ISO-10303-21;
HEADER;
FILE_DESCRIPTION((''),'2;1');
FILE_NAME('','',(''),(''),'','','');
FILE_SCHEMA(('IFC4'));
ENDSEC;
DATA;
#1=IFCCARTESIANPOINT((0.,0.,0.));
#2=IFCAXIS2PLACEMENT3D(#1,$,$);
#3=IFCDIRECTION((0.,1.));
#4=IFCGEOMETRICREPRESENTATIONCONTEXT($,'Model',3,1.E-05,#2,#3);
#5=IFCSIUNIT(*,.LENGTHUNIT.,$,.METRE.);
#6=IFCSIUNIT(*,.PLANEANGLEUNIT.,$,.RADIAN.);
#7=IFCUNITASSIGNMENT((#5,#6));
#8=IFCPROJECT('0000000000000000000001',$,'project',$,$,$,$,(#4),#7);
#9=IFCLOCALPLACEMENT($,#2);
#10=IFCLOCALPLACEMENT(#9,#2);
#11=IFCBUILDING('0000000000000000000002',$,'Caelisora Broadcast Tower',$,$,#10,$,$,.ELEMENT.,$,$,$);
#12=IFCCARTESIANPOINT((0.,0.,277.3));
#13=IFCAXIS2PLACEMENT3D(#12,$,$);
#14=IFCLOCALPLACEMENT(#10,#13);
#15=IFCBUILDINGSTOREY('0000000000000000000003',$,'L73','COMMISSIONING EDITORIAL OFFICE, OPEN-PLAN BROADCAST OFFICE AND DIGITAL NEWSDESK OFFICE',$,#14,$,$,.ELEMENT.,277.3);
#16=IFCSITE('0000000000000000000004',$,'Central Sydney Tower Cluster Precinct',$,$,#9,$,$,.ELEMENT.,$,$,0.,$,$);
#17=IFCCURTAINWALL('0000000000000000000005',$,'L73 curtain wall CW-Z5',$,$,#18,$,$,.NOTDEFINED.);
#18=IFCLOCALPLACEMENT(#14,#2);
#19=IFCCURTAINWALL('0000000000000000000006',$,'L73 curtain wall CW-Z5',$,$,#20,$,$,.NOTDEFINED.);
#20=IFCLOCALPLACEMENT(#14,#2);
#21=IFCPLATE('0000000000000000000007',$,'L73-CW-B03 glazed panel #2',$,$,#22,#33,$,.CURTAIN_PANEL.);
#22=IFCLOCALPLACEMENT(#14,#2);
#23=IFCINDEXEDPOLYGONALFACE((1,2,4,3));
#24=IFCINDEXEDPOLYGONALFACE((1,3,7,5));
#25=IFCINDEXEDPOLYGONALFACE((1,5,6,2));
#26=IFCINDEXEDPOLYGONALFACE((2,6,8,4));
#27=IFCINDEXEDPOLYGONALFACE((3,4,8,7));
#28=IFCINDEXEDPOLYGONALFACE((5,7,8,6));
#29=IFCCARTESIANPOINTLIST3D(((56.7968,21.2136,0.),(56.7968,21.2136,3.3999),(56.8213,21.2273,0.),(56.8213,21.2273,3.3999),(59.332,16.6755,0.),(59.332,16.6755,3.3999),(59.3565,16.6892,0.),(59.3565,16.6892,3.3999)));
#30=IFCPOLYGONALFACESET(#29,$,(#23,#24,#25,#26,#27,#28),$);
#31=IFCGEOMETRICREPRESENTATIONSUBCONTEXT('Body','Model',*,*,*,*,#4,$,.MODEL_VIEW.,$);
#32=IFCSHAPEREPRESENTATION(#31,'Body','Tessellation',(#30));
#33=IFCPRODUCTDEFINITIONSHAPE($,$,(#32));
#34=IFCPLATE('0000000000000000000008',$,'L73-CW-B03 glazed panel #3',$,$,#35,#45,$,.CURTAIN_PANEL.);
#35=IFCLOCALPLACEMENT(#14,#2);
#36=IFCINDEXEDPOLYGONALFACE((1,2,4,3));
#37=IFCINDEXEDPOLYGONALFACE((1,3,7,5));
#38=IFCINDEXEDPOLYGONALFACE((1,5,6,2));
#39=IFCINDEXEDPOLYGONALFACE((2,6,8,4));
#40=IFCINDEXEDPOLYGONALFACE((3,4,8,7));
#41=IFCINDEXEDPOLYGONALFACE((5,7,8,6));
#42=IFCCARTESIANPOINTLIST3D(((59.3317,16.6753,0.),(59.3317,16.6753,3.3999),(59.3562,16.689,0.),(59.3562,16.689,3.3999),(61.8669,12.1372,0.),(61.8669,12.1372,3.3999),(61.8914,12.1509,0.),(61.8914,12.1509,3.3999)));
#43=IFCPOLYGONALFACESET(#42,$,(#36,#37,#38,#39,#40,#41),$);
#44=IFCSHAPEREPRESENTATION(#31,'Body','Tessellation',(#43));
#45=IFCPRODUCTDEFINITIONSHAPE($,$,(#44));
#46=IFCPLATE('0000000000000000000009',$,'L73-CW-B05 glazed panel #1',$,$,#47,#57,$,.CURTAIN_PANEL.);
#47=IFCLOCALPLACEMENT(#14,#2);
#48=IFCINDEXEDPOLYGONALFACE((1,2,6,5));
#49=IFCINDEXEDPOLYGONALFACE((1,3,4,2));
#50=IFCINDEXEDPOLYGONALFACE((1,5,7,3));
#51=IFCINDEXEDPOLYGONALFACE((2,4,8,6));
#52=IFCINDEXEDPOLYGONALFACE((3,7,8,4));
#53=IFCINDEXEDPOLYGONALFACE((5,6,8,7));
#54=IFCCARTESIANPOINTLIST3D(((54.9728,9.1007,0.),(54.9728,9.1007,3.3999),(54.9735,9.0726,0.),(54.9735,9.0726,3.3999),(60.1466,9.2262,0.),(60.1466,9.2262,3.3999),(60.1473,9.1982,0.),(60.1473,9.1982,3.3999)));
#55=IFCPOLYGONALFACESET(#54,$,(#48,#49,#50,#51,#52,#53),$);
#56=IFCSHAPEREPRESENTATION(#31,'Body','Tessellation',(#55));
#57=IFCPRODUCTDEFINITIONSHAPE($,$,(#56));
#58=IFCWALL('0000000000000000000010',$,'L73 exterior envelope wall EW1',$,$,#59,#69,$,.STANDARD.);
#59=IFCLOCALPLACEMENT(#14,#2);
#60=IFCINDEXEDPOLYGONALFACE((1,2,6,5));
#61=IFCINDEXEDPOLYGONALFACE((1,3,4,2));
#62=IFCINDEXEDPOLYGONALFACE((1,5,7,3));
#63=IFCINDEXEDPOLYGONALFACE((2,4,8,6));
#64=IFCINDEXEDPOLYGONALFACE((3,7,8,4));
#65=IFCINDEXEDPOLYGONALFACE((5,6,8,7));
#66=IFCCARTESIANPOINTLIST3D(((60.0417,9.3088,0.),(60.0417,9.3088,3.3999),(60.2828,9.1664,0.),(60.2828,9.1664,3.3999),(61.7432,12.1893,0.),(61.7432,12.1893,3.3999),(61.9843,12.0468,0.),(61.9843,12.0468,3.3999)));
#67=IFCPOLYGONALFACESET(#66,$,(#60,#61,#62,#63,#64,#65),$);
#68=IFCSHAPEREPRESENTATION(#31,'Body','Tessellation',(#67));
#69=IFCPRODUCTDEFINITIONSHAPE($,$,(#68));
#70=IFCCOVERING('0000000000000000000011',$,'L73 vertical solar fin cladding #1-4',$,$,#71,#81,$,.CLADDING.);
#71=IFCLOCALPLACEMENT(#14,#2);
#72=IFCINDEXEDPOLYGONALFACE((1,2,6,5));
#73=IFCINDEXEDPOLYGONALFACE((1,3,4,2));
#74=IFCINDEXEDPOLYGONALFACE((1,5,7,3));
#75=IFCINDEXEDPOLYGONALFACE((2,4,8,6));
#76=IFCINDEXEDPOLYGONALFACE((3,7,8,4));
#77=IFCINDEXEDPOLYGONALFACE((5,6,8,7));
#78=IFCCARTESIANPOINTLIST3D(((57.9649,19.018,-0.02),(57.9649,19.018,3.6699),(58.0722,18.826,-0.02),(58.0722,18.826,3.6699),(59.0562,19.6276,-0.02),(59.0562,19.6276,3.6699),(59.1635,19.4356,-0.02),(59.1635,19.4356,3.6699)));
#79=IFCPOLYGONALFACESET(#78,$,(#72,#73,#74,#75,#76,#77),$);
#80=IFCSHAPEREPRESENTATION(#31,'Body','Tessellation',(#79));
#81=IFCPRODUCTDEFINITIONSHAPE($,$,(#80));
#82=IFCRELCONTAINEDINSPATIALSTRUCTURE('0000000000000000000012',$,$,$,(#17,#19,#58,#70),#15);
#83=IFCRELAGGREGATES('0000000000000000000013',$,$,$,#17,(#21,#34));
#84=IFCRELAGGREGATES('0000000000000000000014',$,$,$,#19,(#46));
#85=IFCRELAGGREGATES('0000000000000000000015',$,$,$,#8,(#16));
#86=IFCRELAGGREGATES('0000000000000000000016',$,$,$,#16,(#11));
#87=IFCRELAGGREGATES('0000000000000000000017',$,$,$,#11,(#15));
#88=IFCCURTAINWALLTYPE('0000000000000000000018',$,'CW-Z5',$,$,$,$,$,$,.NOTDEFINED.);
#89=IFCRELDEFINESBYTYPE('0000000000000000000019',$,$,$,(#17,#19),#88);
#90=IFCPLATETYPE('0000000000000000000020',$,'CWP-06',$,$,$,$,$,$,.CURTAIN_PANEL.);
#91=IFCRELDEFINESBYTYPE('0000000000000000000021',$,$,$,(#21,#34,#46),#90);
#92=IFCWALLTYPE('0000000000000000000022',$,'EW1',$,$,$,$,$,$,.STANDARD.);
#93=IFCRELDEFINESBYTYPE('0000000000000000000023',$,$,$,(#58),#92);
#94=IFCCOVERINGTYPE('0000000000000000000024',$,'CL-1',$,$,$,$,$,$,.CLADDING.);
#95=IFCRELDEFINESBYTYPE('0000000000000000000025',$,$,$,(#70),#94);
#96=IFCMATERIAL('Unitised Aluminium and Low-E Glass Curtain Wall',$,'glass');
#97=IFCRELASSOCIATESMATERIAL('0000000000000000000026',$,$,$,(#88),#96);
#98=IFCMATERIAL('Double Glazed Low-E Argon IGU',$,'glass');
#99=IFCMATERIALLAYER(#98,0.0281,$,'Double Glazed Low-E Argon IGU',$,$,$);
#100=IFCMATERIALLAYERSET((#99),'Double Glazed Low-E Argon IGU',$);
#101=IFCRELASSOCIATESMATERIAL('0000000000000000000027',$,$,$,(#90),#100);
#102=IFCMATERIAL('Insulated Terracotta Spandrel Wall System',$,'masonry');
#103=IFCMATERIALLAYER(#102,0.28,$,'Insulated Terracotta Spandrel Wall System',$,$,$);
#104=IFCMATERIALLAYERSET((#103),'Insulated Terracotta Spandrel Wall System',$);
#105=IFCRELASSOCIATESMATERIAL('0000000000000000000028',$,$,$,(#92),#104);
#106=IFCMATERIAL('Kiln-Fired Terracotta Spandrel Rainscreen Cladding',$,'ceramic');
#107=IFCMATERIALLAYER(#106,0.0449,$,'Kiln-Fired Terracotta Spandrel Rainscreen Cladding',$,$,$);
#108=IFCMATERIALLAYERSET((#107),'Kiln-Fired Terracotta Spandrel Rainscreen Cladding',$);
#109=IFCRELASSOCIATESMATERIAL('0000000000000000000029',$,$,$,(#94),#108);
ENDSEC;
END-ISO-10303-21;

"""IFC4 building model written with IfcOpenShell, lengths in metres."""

from ifc_helpers import new_model, si_unit, direction, frame, frame_2d, origin, origin_2d, place, context, subcontext, project, spatial, rectangle, extrude, source, transform, mapped, material, layer, layer_set, type_object, type_shapes, element, aggregate, save


model = new_model("IFC4")

# Units and contexts
model_context = context("Model", 3, precision=1e-05, world=origin(), true_north=direction((0.0, 1.0)))
body_context = subcontext(model_context, "Body", "Model", "MODEL_VIEW")
ifc_project = project(units=[si_unit("LENGTHUNIT", "METRE"), si_unit("PLANEANGLEUNIT", "RADIAN")], contexts=[model_context])

# Site, building, storey
site_placement = place(None, origin())
site = spatial("IfcSite", under=ifc_project, at=site_placement, Name="Central Sydney Tower Cluster Precinct", CompositionType="ELEMENT", RefElevation=0.0)
building_placement = place(site_placement, origin())
building = spatial("IfcBuilding", under=site, at=building_placement, Name="Caelisora Broadcast Tower", CompositionType="ELEMENT")
storey_placement = place(building_placement, frame((0.0, 0.0, 277.3)))
storey = spatial("IfcBuildingStorey", under=building, at=storey_placement, Name="L73", Description="COMMISSIONING EDITORIAL OFFICE, OPEN-PLAN BROADCAST OFFICE AND DIGITAL NEWSDESK OFFICE", CompositionType="ELEMENT", Elevation=277.3)

# Curtain walls
ifc_material_1 = material(Name="Unitised Aluminium and Low-E Glass Curtain Wall", Category="glass")
curtain_wall_type = type_object("IfcCurtainWallType", Name="CW-Z5", PredefinedType="NOTDEFINED", material=ifc_material_1)
curtain_wall_1_placement = place(storey_placement, origin())
curtain_wall_1 = element("IfcCurtainWall", 1, at=curtain_wall_1_placement, inside=storey, type_object=curtain_wall_type, Name="L73 curtain wall CW-Z5", PredefinedType="NOTDEFINED")
curtain_wall_2_placement = place(storey_placement, origin())
curtain_wall_2 = element("IfcCurtainWall", 2, at=curtain_wall_2_placement, inside=storey, type_object=curtain_wall_type, Name="L73 curtain wall CW-Z5", PredefinedType="NOTDEFINED")

# Plates
ifc_material_2 = material(Name="Double Glazed Low-E Argon IGU", Category="glass")
ifc_layer_1 = layer(ifc_material_2, 0.0281, Name="Double Glazed Low-E Argon IGU")
ifc_layer_set_1 = layer_set([ifc_layer_1], Name="Double Glazed Low-E Argon IGU")
plate_type_1 = type_object("IfcPlateType", Name="CWP-06", PredefinedType="CURTAIN_PANEL", material=ifc_layer_set_1)
shared_shape_1 = source(origin(), body_context, "Body", "SweptSolid", [
    extrude(rectangle(XDim=5.1982, YDim=0.0281, at=origin_2d()), origin(), (0.0, 0.0, 1.0), 3.3999),
])
plate_1_placement = place(storey_placement, frame((58.0767, 18.9514, 0.0), z_axis=(0.0, 0.0, 1.0), x_axis=(0.487707, -0.873007, 0.0)))
plate_1 = element("IfcPlate", 3, at=plate_1_placement, type_object=plate_type_1, Name="L73-CW-B03 glazed panel #2", PredefinedType="CURTAIN_PANEL", context=body_context, shape_type="MappedRepresentation", body=[
    mapped(shared_shape_1, transform((0.0, 0.0, 0.0), scale=1.0)),
])
plate_2_placement = place(storey_placement, frame((60.6116, 14.4131, 0.0), z_axis=(0.0, 0.0, 1.0), x_axis=(0.487707, -0.873007, 0.0)))
plate_2 = element("IfcPlate", 4, at=plate_2_placement, type_object=plate_type_1, Name="L73-CW-B03 glazed panel #3", PredefinedType="CURTAIN_PANEL", context=body_context, shape_type="MappedRepresentation", body=[
    mapped(shared_shape_1, transform((0.0, 0.0, 0.0), scale=1.0)),
])
aggregate(curtain_wall_1, [plate_1, plate_2])
shared_shape_2 = source(origin(), body_context, "Body", "SweptSolid", [
    extrude(rectangle(XDim=5.1753, YDim=0.0281, at=origin_2d()), origin(), (0.0, 0.0, 1.0), 3.3999),
])
type_shapes(plate_type_1, [shared_shape_1, shared_shape_2])
plate_3_placement = place(storey_placement, frame((57.5601, 9.1494, 0.0), z_axis=(0.0, 0.0, 1.0), x_axis=(-0.999706, -0.024258, 0.0)))
plate_3 = element("IfcPlate", 5, at=plate_3_placement, type_object=plate_type_1, Name="L73-CW-B05 glazed panel #1", PredefinedType="CURTAIN_PANEL", context=body_context, shape_type="MappedRepresentation", body=[
    mapped(shared_shape_2, transform((0.0, 0.0, 0.0), scale=1.0)),
])
aggregate(curtain_wall_2, [plate_3])

# Wall
ifc_material_3 = material(Name="Insulated Terracotta Spandrel Wall System", Category="masonry")
ifc_layer_2 = layer(ifc_material_3, 0.28, Name="Insulated Terracotta Spandrel Wall System")
ifc_layer_set_2 = layer_set([ifc_layer_2], Name="Insulated Terracotta Spandrel Wall System")
wall_type = type_object("IfcWallType", Name="EW1", PredefinedType="STANDARD", material=ifc_layer_set_2)
wall_placement = place(storey_placement, frame((61.8638, 12.1182, 0.0), z_axis=(0.0, 0.0, 1.0), x_axis=(-0.508592, -0.861008, 0.0)))
element("IfcWall", 6, at=wall_placement, inside=storey, type_object=wall_type, Name="L73 exterior envelope wall EW1", PredefinedType="STANDARD", context=body_context, shape_type="SweptSolid", body=[
    extrude(rectangle(XDim=3.3455, YDim=0.28, at=frame_2d((1.6729, 0.0))), origin(), (0.0, 0.0, 1.0), 3.3999),
])

# Covering
ifc_material_4 = material(Name="Kiln-Fired Terracotta Spandrel Rainscreen Cladding", Category="ceramic")
ifc_layer_3 = layer(ifc_material_4, 0.0449, Name="Kiln-Fired Terracotta Spandrel Rainscreen Cladding")
ifc_layer_set_3 = layer_set([ifc_layer_3], Name="Kiln-Fired Terracotta Spandrel Rainscreen Cladding")
covering_type = type_object("IfcCoveringType", Name="CL-1", PredefinedType="CLADDING", material=ifc_layer_set_3)
shared_shape_3 = source(origin(), body_context, "Body", "SweptSolid", [
    extrude(rectangle(XDim=0.22, YDim=1.25, at=origin_2d()), origin(), (0.0, 0.0, 1.0), 3.6899),
])
type_shapes(covering_type, [shared_shape_3])
covering_placement = place(storey_placement, frame((58.5642, 19.2268, -0.02), z_axis=(0.0, 0.0, 1.0), x_axis=(0.487707, -0.873007, 0.0)))
element("IfcCovering", 7, at=covering_placement, inside=storey, type_object=covering_type, Name="L73 vertical solar fin cladding #1-4", PredefinedType="CLADDING", context=body_context, shape_type="MappedRepresentation", body=[
    mapped(shared_shape_3, transform((0.0, 0.0, 0.0), scale=1.0)),
])

save(model, "model.ifc")
